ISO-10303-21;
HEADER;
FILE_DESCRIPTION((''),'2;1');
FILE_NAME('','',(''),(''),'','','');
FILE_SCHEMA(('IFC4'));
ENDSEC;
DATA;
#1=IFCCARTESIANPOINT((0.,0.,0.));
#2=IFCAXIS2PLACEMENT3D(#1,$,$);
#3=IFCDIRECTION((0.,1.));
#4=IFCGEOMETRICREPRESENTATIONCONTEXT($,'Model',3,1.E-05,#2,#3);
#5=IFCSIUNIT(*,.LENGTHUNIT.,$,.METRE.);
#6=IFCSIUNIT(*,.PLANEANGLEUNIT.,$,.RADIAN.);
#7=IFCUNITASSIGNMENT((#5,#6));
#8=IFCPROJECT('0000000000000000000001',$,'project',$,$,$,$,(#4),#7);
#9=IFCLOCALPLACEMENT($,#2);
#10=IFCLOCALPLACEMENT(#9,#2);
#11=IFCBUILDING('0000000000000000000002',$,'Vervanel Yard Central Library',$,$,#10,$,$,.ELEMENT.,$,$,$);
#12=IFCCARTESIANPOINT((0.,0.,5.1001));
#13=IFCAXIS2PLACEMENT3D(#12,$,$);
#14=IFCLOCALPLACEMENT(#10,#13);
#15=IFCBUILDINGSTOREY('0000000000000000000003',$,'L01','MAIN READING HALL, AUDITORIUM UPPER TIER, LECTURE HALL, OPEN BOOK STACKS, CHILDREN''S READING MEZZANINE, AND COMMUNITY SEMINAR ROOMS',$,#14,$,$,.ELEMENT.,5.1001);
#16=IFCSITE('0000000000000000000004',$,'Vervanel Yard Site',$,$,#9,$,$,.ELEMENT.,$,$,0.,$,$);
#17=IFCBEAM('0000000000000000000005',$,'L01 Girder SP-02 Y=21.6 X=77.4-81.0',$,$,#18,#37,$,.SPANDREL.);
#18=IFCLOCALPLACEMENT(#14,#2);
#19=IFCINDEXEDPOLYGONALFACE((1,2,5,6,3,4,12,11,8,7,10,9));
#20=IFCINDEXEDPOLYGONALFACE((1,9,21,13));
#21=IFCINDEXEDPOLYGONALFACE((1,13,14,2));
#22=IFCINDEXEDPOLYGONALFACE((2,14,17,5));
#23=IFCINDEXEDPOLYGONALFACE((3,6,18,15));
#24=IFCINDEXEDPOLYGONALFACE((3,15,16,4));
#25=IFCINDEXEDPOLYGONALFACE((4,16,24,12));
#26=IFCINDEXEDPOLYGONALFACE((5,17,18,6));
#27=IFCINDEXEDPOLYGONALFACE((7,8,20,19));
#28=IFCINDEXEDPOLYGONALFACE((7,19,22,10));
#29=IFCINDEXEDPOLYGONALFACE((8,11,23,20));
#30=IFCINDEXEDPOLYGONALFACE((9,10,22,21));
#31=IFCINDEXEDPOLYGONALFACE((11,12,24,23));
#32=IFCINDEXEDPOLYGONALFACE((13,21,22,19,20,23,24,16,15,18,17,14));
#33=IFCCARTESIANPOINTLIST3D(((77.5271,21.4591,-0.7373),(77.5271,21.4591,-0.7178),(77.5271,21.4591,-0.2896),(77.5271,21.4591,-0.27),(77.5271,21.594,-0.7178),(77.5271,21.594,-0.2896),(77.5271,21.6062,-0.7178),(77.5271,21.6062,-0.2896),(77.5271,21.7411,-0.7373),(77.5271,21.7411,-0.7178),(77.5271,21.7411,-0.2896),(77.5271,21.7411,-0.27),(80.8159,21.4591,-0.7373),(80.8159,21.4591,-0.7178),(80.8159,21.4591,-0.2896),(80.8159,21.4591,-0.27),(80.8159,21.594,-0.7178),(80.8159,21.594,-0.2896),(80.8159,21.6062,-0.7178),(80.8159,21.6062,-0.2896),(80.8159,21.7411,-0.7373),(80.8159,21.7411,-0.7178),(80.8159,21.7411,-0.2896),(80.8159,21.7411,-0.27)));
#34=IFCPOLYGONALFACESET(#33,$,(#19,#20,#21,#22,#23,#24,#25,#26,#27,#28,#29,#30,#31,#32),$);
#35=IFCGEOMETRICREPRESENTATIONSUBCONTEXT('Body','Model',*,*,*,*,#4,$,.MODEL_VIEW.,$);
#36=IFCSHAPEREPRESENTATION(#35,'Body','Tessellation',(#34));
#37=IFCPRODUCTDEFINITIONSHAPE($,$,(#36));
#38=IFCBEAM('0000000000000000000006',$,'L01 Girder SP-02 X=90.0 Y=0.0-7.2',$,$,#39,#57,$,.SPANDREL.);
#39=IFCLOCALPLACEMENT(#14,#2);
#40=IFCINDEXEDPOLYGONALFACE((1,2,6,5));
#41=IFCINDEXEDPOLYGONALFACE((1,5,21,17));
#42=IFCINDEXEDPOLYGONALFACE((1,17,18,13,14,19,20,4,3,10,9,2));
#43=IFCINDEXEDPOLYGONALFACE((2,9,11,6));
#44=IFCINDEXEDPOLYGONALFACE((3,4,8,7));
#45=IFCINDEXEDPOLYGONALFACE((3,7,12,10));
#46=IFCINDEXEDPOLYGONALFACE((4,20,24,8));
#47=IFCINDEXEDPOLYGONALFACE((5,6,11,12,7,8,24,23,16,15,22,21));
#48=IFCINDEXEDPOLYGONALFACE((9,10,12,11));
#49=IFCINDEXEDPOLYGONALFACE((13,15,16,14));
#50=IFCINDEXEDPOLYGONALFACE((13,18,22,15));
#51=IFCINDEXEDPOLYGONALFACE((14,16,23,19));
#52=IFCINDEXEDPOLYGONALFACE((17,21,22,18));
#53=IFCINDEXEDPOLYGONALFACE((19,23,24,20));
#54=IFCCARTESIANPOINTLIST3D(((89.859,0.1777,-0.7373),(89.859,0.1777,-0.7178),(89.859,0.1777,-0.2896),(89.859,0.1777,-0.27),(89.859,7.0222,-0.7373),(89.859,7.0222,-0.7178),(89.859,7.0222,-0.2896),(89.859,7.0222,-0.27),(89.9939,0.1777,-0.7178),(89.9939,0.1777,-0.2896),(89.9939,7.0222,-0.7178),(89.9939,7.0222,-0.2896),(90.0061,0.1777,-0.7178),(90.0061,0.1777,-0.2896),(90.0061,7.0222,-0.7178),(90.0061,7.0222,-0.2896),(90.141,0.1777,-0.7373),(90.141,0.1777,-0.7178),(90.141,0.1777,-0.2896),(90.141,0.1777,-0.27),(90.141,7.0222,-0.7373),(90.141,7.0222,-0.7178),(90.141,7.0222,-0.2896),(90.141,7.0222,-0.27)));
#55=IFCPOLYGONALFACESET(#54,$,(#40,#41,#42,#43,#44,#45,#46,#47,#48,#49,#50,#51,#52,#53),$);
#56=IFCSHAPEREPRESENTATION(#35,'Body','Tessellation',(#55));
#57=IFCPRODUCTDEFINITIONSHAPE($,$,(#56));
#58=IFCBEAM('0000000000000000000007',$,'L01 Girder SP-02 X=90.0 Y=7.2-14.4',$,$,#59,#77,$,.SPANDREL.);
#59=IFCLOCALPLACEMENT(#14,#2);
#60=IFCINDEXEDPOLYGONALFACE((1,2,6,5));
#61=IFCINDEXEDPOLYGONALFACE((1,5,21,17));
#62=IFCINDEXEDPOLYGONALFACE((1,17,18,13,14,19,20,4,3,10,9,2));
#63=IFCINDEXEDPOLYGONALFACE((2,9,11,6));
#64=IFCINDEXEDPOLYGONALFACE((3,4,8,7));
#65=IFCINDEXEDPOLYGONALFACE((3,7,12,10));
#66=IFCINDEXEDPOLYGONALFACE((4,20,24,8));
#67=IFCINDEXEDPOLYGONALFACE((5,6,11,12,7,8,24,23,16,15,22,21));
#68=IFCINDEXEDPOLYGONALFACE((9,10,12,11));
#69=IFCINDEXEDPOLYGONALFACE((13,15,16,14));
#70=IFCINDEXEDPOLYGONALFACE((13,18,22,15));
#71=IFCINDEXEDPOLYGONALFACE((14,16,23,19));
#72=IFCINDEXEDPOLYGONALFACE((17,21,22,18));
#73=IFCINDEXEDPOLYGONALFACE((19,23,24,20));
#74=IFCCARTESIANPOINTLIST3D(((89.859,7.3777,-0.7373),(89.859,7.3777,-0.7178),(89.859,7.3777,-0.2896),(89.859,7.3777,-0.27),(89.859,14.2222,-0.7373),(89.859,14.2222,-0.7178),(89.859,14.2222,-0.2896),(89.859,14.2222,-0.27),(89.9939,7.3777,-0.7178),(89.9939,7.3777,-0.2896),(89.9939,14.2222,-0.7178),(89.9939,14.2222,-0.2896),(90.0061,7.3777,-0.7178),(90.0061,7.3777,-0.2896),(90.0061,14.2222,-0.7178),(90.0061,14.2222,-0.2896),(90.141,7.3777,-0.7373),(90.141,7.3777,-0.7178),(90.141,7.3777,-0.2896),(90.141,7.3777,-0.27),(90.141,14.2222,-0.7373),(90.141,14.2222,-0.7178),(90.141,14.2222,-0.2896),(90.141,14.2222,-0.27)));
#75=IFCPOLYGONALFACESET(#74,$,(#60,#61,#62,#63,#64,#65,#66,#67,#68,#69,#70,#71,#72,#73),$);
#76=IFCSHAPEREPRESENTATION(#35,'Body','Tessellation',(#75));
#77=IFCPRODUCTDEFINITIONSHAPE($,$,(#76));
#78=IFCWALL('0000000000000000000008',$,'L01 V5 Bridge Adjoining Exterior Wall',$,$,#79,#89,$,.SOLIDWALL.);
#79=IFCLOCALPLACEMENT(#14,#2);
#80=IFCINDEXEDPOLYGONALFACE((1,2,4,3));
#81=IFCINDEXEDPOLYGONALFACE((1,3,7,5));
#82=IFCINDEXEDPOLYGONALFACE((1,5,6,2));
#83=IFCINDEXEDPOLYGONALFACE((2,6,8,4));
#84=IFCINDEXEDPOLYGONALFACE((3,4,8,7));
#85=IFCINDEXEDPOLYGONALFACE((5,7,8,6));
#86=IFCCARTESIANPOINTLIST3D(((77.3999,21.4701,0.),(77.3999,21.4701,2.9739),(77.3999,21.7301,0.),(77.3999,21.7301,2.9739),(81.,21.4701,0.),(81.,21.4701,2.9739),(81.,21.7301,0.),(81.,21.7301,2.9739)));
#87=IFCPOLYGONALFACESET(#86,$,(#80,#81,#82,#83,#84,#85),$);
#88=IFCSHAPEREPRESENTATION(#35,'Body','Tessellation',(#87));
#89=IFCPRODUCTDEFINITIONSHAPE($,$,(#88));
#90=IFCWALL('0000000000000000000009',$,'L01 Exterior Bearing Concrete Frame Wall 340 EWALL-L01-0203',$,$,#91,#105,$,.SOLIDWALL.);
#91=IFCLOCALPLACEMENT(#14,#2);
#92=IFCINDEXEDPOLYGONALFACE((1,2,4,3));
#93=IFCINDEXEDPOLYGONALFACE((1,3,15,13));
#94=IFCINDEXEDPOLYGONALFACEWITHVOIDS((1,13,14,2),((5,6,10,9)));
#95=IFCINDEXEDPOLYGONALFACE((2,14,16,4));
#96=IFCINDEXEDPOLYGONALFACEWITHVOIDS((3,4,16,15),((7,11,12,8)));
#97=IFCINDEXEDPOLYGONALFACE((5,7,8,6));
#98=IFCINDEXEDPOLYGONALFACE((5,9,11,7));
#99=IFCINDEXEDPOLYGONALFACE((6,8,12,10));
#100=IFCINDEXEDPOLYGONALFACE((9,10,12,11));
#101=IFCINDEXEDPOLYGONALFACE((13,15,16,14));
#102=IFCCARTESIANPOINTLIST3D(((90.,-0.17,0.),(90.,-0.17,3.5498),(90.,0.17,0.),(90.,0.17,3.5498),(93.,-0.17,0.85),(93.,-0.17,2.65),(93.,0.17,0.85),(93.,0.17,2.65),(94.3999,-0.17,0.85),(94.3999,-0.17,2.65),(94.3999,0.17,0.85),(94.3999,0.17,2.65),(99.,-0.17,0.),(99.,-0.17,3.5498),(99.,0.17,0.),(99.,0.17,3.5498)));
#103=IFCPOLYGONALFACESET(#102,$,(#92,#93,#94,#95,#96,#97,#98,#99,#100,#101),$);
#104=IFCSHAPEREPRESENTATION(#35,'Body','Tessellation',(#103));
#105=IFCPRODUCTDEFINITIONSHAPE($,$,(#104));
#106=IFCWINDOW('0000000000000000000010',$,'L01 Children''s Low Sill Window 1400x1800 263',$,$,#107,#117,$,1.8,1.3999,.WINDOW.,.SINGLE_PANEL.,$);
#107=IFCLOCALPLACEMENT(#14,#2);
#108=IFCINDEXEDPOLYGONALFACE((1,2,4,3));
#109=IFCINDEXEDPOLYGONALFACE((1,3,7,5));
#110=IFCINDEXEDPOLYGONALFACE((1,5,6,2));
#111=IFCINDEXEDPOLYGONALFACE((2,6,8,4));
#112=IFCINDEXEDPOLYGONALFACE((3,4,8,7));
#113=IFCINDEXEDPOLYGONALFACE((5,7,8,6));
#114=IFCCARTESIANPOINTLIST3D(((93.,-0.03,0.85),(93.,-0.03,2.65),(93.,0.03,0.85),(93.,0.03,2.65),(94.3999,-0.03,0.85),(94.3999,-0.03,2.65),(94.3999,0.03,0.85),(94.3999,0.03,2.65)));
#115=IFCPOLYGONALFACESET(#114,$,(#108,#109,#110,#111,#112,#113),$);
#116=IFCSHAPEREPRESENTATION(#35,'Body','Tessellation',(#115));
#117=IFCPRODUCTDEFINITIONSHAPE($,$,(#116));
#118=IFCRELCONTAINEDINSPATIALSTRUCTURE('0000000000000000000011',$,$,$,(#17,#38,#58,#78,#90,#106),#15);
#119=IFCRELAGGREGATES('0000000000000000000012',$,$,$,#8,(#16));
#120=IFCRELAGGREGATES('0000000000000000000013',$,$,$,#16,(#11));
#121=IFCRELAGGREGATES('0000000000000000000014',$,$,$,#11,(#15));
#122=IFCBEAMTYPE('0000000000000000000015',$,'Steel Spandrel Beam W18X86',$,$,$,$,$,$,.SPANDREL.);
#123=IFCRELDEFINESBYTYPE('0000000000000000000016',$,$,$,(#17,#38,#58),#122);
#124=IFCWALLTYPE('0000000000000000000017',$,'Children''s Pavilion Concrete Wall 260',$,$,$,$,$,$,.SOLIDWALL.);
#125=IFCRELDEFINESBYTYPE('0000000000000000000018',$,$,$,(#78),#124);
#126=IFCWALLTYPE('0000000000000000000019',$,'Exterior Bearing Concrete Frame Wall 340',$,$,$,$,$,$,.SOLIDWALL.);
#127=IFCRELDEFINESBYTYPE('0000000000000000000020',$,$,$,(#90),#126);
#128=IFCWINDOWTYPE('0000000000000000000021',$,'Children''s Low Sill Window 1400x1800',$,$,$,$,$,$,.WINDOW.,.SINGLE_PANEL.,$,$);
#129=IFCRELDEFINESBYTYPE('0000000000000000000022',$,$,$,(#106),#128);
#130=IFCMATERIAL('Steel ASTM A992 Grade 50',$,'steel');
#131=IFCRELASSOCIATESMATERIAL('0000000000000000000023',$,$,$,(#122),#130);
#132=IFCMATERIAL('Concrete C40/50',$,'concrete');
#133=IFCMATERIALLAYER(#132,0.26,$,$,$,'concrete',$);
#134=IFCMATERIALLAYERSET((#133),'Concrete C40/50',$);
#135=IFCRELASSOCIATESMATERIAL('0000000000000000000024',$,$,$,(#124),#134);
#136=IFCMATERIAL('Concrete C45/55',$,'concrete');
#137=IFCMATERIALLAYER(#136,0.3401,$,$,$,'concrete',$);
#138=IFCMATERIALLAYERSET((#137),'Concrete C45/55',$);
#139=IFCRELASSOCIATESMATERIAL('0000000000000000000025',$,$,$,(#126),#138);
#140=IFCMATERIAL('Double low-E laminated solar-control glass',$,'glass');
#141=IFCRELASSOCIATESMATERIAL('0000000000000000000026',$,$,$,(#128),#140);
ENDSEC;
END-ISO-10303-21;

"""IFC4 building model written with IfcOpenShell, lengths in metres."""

from ifc_helpers import new_model, si_unit, direction, frame, frame_2d, origin, origin_2d, place, context, subcontext, project, spatial, rectangle, i_section, extrude, material, layer, layer_set, material_profile, profile_set, type_object, element, fill, save


model = new_model("IFC4")

# Units and contexts
model_context = context("Model", 3, precision=1e-05, world=origin(), true_north=direction((0.0, 1.0)))
body_context = subcontext(model_context, "Body", "Model", "MODEL_VIEW")
ifc_project = project(units=[si_unit("LENGTHUNIT", "METRE"), si_unit("PLANEANGLEUNIT", "RADIAN")], contexts=[model_context])

# Site, building, storey
site_placement = place(None, origin())
site = spatial("IfcSite", under=ifc_project, at=site_placement, Name="Vervanel Yard Site", CompositionType="ELEMENT", RefElevation=0.0)
building_placement = place(site_placement, origin())
building = spatial("IfcBuilding", under=site, at=building_placement, Name="Vervanel Yard Central Library", CompositionType="ELEMENT")
storey_placement = place(building_placement, frame((0.0, 0.0, 5.1001)))
storey = spatial("IfcBuildingStorey", under=building, at=storey_placement, Name="L01", Description="MAIN READING HALL, AUDITORIUM UPPER TIER, LECTURE HALL, OPEN BOOK STACKS, CHILDREN'S READING MEZZANINE, AND COMMUNITY SEMINAR ROOMS", CompositionType="ELEMENT", Elevation=5.1001)

# Shared definitions
ifc_material_1 = material(Name="Steel ASTM A992 Grade 50", Category="steel")

# Beams
ifc_material_profile_1 = material_profile(ifc_material_1, i_section(OverallWidth=0.282, OverallDepth=0.4673, WebThickness=0.0122, FlangeThickness=0.0195, at=origin_2d()), Name="W18X86", Category="steel")
ifc_profile_set_1 = profile_set([ifc_material_profile_1], Name="Steel ASTM A992 Grade 50")
beam_type_1 = type_object("IfcBeamType", Name="Steel Spandrel Beam W18X86", PredefinedType="SPANDREL", material=ifc_profile_set_1)
beam_1_placement = place(storey_placement, frame((77.5271, 21.6001, -0.5037), z_axis=(1.0, 0.0, 0.0), x_axis=(0.0, 1.0, 0.0)))
element("IfcBeam", 1, at=beam_1_placement, inside=storey, type_object=beam_type_1, Name="L01 Girder SP-02 Y=21.6 X=77.4-81.0", PredefinedType="SPANDREL", context=body_context, shape_type="SweptSolid", body=[
    extrude(i_section(OverallWidth=0.282, OverallDepth=0.4673, WebThickness=0.0122, FlangeThickness=0.0195, at=origin_2d()), origin(), (0.0, 0.0, 1.0), 3.2888),
])
for number, where, z_axis, x_axis, name in (
    (2, (90.0, 0.1777, -0.5037), (0.0, 1.0, 0.0), (-1.0, 0.0, 0.0), "L01 Girder SP-02 X=90.0 Y=0.0-7.2"),
    (3, (90.0, 7.3777, -0.5037), (0.0, 1.0, 0.0), (-1.0, 0.0, 0.0), "L01 Girder SP-02 X=90.0 Y=7.2-14.4"),
):
    element("IfcBeam", number, at=place(storey_placement, frame(where, z_axis=z_axis, x_axis=x_axis)), inside=storey, type_object=beam_type_1, Name=name, PredefinedType="SPANDREL", context=body_context, shape_type="SweptSolid", body=[
        extrude(i_section(OverallWidth=0.282, OverallDepth=0.4673, WebThickness=0.0122, FlangeThickness=0.0195, at=origin_2d()), origin(), (0.0, 0.0, 1.0), 6.8445),
    ])

# Wall
ifc_material_2 = material(Name="Concrete C40/50", Category="concrete")
ifc_layer_1 = layer(ifc_material_2, 0.26, Category="concrete")
ifc_layer_set_1 = layer_set([ifc_layer_1], Name="Concrete C40/50")
wall_type_1 = type_object("IfcWallType", Name="Children's Pavilion Concrete Wall 260", PredefinedType="SOLIDWALL", material=ifc_layer_set_1)
wall_1_placement = place(storey_placement, frame((77.3999, 21.6001, 0.0), z_axis=(0.0, 0.0, 1.0), x_axis=(1.0, 0.0, 0.0)))
element("IfcWall", 4, at=wall_1_placement, inside=storey, type_object=wall_type_1, Name="L01 V5 Bridge Adjoining Exterior Wall", PredefinedType="SOLIDWALL", context=body_context, shape_type="SweptSolid", body=[
    extrude(rectangle(XDim=3.6001, YDim=0.26, at=frame_2d((1.8, 0.0))), origin(), (0.0, 0.0, 1.0), 2.9739),
])

# Wall, opening, window
ifc_material_3 = material(Name="Concrete C45/55", Category="concrete")
ifc_layer_2 = layer(ifc_material_3, 0.3401, Category="concrete")
ifc_layer_set_2 = layer_set([ifc_layer_2], Name="Concrete C45/55")
wall_type_2 = type_object("IfcWallType", Name="Exterior Bearing Concrete Frame Wall 340", PredefinedType="SOLIDWALL", material=ifc_layer_set_2)
wall_2_placement = place(storey_placement, frame((90.0, 0.0, 0.0), z_axis=(0.0, 0.0, 1.0), x_axis=(1.0, 0.0, 0.0)))
wall_2 = element("IfcWall", 5, at=wall_2_placement, inside=storey, type_object=wall_type_2, Name="L01 Exterior Bearing Concrete Frame Wall 340 EWALL-L01-0203", PredefinedType="SOLIDWALL", context=body_context, shape_type="SweptSolid", body=[
    extrude(rectangle(XDim=9.0, YDim=0.3401, at=frame_2d((4.5, 0.0))), origin(), (0.0, 0.0, 1.0), 3.5498),
])
opening_placement = place(wall_2_placement, frame((3.0, 0.0, 0.8501)))
opening = element("IfcOpeningElement", 6, at=opening_placement, cuts=wall_2, PredefinedType="OPENING", context=body_context, shape_type="SweptSolid", body=[
    extrude(rectangle(XDim=1.3999, YDim=1.8, at=frame_2d((0.7, 0.8999))), frame((0.0, 0.1799, 0.0), z_axis=(0.0, -1.0, 0.0), x_axis=(1.0, 0.0, 0.0)), (0.0, 0.0, 1.0), 0.3601),
])
ifc_material_4 = material(Name="Double low-E laminated solar-control glass", Category="glass")
window_type = type_object("IfcWindowType", Name="Children's Low Sill Window 1400x1800", PartitioningType="SINGLE_PANEL", PredefinedType="WINDOW", material=ifc_material_4)
window_placement = place(opening_placement, origin())
window = element("IfcWindow", 7, at=window_placement, inside=storey, type_object=window_type, Name="L01 Children's Low Sill Window 1400x1800 263", OverallHeight=1.8, OverallWidth=1.3999, PartitioningType="SINGLE_PANEL", PredefinedType="WINDOW", context=body_context, shape_type="SweptSolid", body=[
    extrude(rectangle(XDim=1.3999, YDim=1.8, at=frame_2d((0.7, 0.8999))), frame((0.0, 0.03, 0.0), z_axis=(0.0, -1.0, 0.0), x_axis=(1.0, 0.0, 0.0)), (0.0, 0.0, 1.0), 0.0601),
])
fill(opening, window)

save(model, "model.ifc")
